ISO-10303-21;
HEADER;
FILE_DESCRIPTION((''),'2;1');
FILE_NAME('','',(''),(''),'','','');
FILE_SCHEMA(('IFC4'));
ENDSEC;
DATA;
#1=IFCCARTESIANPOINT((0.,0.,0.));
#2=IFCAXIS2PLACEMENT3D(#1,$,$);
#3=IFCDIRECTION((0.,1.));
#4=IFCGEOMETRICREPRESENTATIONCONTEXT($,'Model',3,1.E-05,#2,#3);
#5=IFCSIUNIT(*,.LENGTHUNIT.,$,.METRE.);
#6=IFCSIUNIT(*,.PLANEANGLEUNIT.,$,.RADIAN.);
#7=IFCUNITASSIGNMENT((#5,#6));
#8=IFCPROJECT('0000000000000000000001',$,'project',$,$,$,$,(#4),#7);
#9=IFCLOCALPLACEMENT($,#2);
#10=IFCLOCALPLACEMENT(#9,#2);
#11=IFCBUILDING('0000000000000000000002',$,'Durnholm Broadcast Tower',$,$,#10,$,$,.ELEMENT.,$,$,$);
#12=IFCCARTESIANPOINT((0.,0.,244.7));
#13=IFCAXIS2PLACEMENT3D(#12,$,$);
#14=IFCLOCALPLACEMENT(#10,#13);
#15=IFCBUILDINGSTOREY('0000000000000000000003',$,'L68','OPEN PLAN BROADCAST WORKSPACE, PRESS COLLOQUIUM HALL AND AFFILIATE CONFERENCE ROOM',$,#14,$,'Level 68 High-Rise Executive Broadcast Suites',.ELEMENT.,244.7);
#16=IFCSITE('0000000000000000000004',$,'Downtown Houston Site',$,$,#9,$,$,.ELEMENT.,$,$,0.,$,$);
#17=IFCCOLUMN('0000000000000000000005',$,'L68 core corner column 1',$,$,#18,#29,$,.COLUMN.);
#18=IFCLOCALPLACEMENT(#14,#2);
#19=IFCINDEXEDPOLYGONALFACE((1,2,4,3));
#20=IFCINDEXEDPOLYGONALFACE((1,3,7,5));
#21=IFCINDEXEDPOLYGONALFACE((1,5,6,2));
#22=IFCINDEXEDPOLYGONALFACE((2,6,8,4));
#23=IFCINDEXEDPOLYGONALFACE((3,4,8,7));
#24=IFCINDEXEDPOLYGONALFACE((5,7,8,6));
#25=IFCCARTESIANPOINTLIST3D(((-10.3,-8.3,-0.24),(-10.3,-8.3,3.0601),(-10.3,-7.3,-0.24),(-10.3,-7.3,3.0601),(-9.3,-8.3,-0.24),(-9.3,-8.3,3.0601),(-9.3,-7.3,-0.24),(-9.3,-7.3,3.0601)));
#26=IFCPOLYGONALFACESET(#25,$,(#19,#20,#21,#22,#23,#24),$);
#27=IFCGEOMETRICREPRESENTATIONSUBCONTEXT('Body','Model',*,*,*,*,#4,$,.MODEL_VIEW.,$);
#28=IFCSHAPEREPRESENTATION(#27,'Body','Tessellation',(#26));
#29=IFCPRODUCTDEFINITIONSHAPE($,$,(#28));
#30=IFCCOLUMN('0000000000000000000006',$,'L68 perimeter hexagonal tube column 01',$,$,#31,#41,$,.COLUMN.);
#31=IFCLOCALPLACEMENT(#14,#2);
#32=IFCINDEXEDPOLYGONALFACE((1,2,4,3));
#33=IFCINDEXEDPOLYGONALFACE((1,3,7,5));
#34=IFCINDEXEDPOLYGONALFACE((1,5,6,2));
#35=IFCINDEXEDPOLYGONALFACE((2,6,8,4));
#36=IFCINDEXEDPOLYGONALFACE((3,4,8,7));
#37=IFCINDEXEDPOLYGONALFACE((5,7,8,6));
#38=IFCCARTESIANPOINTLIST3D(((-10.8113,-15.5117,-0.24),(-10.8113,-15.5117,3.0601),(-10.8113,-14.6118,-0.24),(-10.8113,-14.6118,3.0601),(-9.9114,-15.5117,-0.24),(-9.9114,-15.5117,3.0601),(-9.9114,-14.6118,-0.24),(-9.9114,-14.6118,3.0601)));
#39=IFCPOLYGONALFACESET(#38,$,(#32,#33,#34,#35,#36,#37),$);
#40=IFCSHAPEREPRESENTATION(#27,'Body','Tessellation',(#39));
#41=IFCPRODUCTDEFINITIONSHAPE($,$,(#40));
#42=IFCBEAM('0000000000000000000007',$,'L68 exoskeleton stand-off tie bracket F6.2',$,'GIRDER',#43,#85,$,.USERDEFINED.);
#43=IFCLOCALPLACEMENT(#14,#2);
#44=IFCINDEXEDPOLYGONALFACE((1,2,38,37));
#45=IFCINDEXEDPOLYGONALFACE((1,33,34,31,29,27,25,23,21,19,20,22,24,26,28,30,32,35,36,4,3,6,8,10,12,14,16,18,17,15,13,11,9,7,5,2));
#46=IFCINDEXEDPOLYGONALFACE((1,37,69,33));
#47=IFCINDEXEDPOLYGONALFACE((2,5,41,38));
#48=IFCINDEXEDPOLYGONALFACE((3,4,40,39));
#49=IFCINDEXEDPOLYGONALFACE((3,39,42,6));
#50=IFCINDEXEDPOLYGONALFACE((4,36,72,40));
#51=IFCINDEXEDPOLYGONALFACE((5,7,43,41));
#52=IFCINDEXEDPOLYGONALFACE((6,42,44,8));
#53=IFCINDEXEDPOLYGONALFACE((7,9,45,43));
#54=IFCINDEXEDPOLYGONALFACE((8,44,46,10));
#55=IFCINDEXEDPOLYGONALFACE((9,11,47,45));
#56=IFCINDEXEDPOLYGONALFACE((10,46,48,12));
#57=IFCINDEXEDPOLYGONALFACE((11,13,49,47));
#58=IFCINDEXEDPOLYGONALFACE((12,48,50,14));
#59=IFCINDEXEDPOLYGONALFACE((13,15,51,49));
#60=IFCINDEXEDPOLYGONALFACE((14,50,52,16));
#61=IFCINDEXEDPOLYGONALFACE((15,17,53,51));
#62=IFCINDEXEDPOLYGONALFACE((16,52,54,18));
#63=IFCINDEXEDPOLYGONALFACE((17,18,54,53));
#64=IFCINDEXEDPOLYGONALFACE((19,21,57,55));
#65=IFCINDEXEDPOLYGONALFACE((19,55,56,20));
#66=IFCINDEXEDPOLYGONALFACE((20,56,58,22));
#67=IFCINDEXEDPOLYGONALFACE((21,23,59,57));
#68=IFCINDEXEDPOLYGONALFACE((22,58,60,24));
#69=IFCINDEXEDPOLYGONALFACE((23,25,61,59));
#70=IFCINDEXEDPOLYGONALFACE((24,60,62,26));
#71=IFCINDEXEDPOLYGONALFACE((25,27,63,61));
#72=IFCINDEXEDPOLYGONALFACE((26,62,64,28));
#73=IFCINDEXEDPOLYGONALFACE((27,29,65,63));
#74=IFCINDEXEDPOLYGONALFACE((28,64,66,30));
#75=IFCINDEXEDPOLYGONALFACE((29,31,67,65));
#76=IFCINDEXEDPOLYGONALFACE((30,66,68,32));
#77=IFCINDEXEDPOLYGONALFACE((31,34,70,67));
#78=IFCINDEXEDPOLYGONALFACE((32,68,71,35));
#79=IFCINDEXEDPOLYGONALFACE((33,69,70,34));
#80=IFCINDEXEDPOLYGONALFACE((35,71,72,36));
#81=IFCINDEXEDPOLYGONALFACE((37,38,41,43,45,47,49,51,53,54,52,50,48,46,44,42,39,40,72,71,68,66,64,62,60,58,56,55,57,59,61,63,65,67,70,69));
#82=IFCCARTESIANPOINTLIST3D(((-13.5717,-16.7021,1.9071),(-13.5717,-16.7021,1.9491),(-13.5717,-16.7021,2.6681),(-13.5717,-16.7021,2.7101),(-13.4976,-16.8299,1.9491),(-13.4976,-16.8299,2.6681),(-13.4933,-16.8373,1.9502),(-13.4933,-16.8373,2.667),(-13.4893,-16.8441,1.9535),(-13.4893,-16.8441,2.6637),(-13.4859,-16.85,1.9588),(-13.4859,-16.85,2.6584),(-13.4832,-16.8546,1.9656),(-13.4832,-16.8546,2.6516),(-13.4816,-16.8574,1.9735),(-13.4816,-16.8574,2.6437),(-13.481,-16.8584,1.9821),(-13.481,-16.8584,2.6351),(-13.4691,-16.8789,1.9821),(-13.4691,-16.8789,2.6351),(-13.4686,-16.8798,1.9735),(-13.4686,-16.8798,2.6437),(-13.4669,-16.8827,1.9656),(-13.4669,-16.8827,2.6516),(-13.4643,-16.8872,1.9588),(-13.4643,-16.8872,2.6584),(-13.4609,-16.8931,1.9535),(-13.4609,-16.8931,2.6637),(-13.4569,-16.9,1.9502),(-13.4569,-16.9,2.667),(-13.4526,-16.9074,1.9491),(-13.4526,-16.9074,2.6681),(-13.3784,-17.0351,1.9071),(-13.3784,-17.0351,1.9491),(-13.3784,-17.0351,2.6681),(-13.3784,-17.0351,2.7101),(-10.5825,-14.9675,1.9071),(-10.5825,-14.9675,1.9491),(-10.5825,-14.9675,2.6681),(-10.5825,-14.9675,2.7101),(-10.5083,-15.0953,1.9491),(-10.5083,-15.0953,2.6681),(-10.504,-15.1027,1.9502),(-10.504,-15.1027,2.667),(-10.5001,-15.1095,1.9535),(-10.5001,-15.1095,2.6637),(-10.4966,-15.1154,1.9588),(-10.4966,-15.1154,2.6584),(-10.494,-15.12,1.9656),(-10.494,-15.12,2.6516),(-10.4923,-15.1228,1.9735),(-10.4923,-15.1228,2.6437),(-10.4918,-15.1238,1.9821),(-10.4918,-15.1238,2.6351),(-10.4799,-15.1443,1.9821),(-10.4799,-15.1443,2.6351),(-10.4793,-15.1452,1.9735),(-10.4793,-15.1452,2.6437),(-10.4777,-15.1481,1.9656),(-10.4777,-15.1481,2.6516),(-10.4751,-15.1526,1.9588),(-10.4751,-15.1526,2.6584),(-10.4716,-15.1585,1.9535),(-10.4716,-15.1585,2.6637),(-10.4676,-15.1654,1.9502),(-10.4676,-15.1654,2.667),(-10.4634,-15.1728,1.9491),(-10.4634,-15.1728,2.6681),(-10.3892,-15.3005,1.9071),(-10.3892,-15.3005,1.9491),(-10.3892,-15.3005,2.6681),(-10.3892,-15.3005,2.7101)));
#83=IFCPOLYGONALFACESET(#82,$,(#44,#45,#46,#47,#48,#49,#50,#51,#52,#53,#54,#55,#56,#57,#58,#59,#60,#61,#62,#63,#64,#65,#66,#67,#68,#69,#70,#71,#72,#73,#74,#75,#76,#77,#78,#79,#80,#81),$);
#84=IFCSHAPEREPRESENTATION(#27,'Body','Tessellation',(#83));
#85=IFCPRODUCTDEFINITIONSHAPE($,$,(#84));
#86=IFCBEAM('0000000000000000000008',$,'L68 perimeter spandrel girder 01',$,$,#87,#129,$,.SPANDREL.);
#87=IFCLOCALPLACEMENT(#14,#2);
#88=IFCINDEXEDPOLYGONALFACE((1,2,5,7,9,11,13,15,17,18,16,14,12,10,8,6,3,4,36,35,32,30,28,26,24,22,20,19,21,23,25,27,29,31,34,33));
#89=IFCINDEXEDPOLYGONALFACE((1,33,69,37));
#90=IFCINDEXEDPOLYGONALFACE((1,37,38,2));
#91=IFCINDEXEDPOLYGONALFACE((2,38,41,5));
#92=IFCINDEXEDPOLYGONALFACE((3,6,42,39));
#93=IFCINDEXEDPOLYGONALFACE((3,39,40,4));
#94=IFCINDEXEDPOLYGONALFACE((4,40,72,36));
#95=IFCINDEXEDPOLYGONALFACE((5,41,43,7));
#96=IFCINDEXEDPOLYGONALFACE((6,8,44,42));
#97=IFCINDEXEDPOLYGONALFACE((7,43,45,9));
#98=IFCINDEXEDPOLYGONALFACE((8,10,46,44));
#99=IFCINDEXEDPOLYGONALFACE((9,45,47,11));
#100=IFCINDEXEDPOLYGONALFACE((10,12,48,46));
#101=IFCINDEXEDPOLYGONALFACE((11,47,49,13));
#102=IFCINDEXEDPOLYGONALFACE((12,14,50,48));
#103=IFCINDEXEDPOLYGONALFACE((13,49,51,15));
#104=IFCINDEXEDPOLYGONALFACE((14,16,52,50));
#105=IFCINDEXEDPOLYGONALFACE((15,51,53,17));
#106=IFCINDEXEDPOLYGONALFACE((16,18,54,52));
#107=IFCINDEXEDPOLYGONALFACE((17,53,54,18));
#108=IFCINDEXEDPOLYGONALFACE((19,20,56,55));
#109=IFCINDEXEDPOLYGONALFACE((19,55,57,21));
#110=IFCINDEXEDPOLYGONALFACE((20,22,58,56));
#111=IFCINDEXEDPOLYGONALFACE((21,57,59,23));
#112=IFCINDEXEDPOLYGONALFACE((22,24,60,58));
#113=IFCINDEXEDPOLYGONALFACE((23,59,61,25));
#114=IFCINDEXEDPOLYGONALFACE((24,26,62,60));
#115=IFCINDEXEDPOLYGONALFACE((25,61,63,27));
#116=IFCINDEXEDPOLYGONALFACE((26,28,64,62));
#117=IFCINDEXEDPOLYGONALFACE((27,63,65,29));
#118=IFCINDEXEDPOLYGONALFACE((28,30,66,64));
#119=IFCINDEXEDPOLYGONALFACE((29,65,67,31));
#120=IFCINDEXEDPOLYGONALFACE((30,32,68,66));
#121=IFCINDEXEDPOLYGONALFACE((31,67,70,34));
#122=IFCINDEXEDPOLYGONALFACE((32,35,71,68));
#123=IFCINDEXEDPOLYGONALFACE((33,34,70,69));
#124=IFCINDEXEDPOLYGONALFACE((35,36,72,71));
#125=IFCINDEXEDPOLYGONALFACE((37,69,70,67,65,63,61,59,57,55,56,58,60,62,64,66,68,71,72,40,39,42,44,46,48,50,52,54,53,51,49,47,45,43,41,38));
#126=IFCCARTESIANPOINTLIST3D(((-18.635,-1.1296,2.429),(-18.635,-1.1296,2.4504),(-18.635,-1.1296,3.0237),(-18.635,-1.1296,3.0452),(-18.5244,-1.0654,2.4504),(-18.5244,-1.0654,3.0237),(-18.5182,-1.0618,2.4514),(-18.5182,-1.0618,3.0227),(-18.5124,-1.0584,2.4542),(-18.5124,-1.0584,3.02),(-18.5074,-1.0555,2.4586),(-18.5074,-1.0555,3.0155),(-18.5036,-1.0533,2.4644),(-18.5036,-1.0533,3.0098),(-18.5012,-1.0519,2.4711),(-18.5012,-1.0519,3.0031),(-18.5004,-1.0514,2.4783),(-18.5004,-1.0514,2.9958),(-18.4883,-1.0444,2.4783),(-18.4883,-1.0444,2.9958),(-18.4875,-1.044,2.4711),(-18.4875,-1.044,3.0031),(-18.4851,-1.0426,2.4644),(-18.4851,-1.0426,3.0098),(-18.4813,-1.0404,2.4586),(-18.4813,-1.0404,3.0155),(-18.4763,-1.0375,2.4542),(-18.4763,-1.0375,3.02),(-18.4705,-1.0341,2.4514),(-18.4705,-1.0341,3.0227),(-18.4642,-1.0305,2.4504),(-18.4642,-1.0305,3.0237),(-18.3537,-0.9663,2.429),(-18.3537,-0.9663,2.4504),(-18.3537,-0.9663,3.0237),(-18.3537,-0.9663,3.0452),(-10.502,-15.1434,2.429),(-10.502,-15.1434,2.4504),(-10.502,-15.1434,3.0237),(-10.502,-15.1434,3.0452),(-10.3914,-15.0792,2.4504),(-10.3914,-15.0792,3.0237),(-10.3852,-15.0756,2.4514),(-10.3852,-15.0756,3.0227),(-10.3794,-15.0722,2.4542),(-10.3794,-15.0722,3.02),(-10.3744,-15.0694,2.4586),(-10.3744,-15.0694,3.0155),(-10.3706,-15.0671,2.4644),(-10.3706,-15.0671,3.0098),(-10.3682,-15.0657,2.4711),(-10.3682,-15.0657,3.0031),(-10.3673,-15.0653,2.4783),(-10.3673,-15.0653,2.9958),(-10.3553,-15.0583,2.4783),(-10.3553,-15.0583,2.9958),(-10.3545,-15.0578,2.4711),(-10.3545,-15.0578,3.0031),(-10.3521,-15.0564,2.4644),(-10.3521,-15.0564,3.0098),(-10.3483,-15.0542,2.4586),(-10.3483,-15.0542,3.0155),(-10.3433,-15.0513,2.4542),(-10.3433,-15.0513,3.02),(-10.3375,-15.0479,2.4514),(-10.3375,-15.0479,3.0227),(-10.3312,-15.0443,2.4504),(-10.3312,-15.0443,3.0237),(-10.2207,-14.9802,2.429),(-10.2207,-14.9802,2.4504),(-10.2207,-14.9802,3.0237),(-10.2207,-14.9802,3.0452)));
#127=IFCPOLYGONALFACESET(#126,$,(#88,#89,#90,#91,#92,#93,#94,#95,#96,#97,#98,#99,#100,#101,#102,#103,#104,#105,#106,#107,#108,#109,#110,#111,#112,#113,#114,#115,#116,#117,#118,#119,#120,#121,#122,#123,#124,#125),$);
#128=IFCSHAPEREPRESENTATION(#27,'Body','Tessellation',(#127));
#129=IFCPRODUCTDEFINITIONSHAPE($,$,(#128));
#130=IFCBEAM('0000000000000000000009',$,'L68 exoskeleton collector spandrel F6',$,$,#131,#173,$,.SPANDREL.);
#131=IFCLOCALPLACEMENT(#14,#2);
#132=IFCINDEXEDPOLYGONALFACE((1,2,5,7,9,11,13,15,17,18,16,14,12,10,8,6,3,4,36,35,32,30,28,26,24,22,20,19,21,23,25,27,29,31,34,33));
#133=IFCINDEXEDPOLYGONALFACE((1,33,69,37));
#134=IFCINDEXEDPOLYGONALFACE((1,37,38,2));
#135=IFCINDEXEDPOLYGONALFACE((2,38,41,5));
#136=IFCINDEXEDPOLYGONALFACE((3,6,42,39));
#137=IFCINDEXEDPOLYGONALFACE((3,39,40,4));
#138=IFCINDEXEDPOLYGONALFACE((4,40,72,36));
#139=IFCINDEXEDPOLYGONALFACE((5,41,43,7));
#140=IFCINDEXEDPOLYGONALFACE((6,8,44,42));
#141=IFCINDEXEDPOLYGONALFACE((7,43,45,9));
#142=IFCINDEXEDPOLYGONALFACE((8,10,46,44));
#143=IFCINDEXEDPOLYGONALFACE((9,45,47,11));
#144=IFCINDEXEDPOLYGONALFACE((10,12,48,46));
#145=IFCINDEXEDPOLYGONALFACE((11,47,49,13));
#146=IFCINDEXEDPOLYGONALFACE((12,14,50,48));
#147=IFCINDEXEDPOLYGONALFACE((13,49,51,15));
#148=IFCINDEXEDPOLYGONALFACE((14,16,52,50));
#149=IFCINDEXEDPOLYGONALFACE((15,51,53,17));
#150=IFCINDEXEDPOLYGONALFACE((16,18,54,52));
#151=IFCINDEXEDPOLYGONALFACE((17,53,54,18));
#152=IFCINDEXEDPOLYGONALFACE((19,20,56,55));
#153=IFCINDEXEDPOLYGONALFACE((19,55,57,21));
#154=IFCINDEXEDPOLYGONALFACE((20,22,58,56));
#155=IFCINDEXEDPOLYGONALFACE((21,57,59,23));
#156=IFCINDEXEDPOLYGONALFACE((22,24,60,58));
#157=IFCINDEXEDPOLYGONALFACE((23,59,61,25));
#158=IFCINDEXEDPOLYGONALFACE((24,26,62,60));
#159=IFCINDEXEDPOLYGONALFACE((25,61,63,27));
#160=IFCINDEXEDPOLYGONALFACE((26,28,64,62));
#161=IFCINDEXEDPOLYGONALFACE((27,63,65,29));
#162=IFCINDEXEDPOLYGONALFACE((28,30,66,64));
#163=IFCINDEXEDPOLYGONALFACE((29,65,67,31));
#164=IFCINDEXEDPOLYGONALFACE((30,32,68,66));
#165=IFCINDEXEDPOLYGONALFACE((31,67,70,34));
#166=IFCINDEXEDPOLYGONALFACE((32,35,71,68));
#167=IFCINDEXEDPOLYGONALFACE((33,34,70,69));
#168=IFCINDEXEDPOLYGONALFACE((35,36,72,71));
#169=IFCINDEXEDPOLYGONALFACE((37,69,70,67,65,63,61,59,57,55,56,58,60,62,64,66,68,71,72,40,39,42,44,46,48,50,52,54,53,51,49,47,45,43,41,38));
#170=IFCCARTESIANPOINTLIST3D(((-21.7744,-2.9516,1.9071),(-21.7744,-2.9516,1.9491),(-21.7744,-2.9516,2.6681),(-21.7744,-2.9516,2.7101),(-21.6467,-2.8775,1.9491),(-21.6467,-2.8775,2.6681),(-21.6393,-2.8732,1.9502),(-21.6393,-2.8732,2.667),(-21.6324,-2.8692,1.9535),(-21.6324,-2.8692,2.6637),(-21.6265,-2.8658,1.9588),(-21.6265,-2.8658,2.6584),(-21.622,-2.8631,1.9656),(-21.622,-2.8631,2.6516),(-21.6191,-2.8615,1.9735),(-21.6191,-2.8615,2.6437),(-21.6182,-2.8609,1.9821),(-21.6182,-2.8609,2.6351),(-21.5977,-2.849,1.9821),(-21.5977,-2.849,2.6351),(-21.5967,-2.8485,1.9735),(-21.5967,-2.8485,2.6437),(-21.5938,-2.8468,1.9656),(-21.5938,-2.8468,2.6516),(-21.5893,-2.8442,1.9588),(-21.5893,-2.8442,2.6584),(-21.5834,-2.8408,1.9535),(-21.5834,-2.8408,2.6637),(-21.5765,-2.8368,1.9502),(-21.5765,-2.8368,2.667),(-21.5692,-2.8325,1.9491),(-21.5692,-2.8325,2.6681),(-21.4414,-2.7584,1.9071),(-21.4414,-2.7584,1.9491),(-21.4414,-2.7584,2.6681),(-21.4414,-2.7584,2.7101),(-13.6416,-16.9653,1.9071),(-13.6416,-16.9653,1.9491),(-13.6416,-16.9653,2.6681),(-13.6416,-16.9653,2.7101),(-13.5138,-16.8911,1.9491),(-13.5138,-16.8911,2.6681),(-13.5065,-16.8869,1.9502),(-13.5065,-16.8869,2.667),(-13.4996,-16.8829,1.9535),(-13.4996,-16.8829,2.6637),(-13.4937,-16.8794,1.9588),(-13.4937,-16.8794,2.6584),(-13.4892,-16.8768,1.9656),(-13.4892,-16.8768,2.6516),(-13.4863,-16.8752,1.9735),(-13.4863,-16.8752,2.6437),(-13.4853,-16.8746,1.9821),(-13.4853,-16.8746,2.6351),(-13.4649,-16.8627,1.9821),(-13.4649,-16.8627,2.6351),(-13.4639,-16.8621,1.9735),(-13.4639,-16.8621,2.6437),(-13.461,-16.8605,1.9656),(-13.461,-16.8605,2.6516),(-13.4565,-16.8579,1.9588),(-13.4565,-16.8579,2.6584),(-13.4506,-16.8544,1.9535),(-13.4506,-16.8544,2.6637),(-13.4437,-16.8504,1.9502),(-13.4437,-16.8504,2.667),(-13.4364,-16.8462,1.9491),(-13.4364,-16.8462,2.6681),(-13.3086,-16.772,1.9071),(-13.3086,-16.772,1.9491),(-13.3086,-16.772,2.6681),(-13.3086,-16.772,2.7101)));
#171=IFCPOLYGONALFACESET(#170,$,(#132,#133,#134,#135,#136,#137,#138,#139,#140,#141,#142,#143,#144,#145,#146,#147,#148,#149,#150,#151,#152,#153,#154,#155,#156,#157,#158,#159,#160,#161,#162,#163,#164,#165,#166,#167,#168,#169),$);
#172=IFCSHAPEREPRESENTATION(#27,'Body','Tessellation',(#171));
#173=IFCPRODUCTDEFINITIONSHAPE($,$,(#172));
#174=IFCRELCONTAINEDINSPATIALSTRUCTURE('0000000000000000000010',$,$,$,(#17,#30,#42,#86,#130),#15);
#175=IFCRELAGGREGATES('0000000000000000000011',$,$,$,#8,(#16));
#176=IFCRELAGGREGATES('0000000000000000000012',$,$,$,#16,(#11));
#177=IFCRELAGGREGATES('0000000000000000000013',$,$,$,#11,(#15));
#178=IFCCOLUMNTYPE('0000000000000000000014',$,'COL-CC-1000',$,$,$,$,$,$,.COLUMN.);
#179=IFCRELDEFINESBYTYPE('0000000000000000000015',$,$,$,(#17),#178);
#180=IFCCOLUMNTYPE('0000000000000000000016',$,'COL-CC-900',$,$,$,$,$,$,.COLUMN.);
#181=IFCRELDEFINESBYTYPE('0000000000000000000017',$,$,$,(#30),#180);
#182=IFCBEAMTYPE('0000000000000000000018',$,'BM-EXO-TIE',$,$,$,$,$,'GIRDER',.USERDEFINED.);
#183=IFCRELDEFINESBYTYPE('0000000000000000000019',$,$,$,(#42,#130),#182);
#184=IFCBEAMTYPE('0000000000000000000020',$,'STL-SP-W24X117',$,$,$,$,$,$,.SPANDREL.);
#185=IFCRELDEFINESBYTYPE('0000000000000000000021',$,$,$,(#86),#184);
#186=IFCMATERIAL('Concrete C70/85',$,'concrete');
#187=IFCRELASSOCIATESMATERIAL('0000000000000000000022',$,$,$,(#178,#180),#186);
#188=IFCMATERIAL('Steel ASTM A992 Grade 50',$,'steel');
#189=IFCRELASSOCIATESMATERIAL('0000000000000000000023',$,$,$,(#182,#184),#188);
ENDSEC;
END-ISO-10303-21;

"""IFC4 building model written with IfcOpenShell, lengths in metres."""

from ifc_helpers import new_model, si_unit, direction, frame, origin, origin_2d, place, context, subcontext, project, spatial, rectangle, i_section, extrude, source, transform, mapped, material, material_profile, profile_set, type_object, type_shapes, element, save


model = new_model("IFC4")

# Units and contexts
model_context = context("Model", 3, precision=1e-05, world=origin(), true_north=direction((0.0, 1.0)))
body_context = subcontext(model_context, "Body", "Model", "MODEL_VIEW")
ifc_project = project(units=[si_unit("LENGTHUNIT", "METRE"), si_unit("PLANEANGLEUNIT", "RADIAN")], contexts=[model_context])

# Site, building, storey
site_placement = place(None, origin())
site = spatial("IfcSite", under=ifc_project, at=site_placement, Name="Downtown Houston Site", CompositionType="ELEMENT", RefElevation=0.0)
building_placement = place(site_placement, origin())
building = spatial("IfcBuilding", under=site, at=building_placement, Name="Durnholm Broadcast Tower", CompositionType="ELEMENT")
storey_placement = place(building_placement, frame((0.0, 0.0, 244.7)))
storey = spatial("IfcBuildingStorey", under=building, at=storey_placement, Name="L68", Description="OPEN PLAN BROADCAST WORKSPACE, PRESS COLLOQUIUM HALL AND AFFILIATE CONFERENCE ROOM", LongName="Level 68 High-Rise Executive Broadcast Suites", CompositionType="ELEMENT", Elevation=244.7)

# Columns
ifc_material_1 = material(Name="Concrete C70/85", Category="concrete")
ifc_material_profile_1 = material_profile(ifc_material_1, rectangle(XDim=1.0, YDim=1.0, at=origin_2d()), Name="RC1000X1000")
ifc_profile_set_1 = profile_set([ifc_material_profile_1], Name="Concrete C70/85")
column_type_1 = type_object("IfcColumnType", Name="COL-CC-1000", PredefinedType="COLUMN", material=ifc_profile_set_1)
shared_shape_1 = source(origin(), body_context, "Body", "SweptSolid", [
    extrude(rectangle(XDim=1.0, YDim=1.0, at=origin_2d()), origin(), (0.0, 0.0, 1.0), 3.3),
])
type_shapes(column_type_1, [shared_shape_1])
column_1_placement = place(storey_placement, frame((-9.8, -7.8, -0.24), z_axis=(0.0, 0.0, 1.0), x_axis=(1.0, 0.0, 0.0)))
element("IfcColumn", 1, at=column_1_placement, inside=storey, type_object=column_type_1, Name="L68 core corner column 1", PredefinedType="COLUMN", context=body_context, shape_type="MappedRepresentation", body=[
    mapped(shared_shape_1, transform((0.0, 0.0, 0.0), x_axis=(1.0, 0.0, 0.0), y_axis=(0.0, 1.0, 0.0), z_axis=(0.0, 0.0, 1.0), scale=1.0)),
])
ifc_material_profile_2 = material_profile(ifc_material_1, rectangle(XDim=0.8999, YDim=0.8999, at=origin_2d()), Name="RC900X900")
ifc_profile_set_2 = profile_set([ifc_material_profile_2], Name="Concrete C70/85")
column_type_2 = type_object("IfcColumnType", Name="COL-CC-900", PredefinedType="COLUMN", material=ifc_profile_set_2)
shared_shape_2 = source(origin(), body_context, "Body", "SweptSolid", [
    extrude(rectangle(XDim=0.8999, YDim=0.8999, at=origin_2d()), origin(), (0.0, 0.0, 1.0), 3.3),
])
type_shapes(column_type_2, [shared_shape_2])
column_2_placement = place(storey_placement, frame((-10.3613, -15.0618, -0.24), z_axis=(0.0, 0.0, 1.0), x_axis=(1.0, 0.0, 0.0)))
element("IfcColumn", 2, at=column_2_placement, inside=storey, type_object=column_type_2, Name="L68 perimeter hexagonal tube column 01", PredefinedType="COLUMN", context=body_context, shape_type="MappedRepresentation", body=[
    mapped(shared_shape_2, transform((0.0, 0.0, 0.0), x_axis=(1.0, 0.0, 0.0), y_axis=(0.0, 1.0, 0.0), z_axis=(0.0, 0.0, 1.0), scale=1.0)),
])

# Beams
ifc_material_2 = material(Name="Steel ASTM A992 Grade 50", Category="steel")
ifc_material_profile_3 = material_profile(ifc_material_2, i_section(OverallWidth=0.385, OverallDepth=0.803, WebThickness=0.0237, FlangeThickness=0.042, FilletRadius=0.033, at=origin_2d()), Name="W30X261")
ifc_profile_set_3 = profile_set([ifc_material_profile_3], Name="Steel ASTM A992 Grade 50")
beam_type_1 = type_object("IfcBeamType", Name="BM-EXO-TIE", ElementType="GIRDER", PredefinedType="USERDEFINED", material=ifc_profile_set_3)
shared_shape_3 = source(origin(), body_context, "Body", "SweptSolid", [
    extrude(i_section(OverallWidth=0.385, OverallDepth=0.803, WebThickness=0.0237, FlangeThickness=0.042, FilletRadius=0.033, at=origin_2d()), origin(), (0.0, 0.0, 1.0), 3.4561),
])
beam_1_placement = place(storey_placement, frame((-10.4858, -15.134, 2.3086), z_axis=(-0.864924, -0.501902, 0.0), x_axis=(0.501902, -0.864924, 0.0)))
element("IfcBeam", 3, at=beam_1_placement, inside=storey, type_object=beam_type_1, Name="L68 exoskeleton stand-off tie bracket F6.2", ObjectType="GIRDER", PredefinedType="USERDEFINED", context=body_context, shape_type="MappedRepresentation", body=[
    mapped(shared_shape_3, transform((0.0, 0.0, 0.0), x_axis=(1.0, 0.0, 0.0), y_axis=(0.0, 1.0, 0.0), z_axis=(0.0, 0.0, 1.0), scale=1.0)),
])
ifc_material_profile_4 = material_profile(ifc_material_2, i_section(OverallWidth=0.3252, OverallDepth=0.6162, WebThickness=0.0139, FlangeThickness=0.0215, FilletRadius=0.0278, at=origin_2d()), Name="W24X117")
ifc_profile_set_4 = profile_set([ifc_material_profile_4], Name="Steel ASTM A992 Grade 50")
beam_type_2 = type_object("IfcBeamType", Name="STL-SP-W24X117", PredefinedType="SPANDREL", material=ifc_profile_set_4)
shared_shape_4 = source(origin(), body_context, "Body", "SweptSolid", [
    extrude(i_section(OverallWidth=0.3252, OverallDepth=0.6162, WebThickness=0.0139, FlangeThickness=0.0215, FilletRadius=0.0278, at=origin_2d()), origin(), (0.0, 0.0, 1.0), 16.2029),
])
type_shapes(beam_type_2, [shared_shape_4])
beam_2_placement = place(storey_placement, frame((-10.3613, -15.0618, 2.7371), z_axis=(-0.501948, 0.864898, 0.0), x_axis=(-0.864898, -0.501948, 0.0)))
element("IfcBeam", 4, at=beam_2_placement, inside=storey, type_object=beam_type_2, Name="L68 perimeter spandrel girder 01", PredefinedType="SPANDREL", context=body_context, shape_type="MappedRepresentation", body=[
    mapped(shared_shape_4, transform((0.0, 0.0, 0.0), x_axis=(1.0, 0.0, 0.0), y_axis=(0.0, 1.0, 0.0), z_axis=(0.0, 0.0, 1.0), scale=1.0)),
])
shared_shape_5 = source(origin(), body_context, "Body", "SweptSolid", [
    extrude(i_section(OverallWidth=0.385, OverallDepth=0.803, WebThickness=0.0237, FlangeThickness=0.042, FilletRadius=0.033, at=origin_2d()), origin(), (0.0, 0.0, 1.0), 16.2026),
])
type_shapes(beam_type_1, [shared_shape_3, shared_shape_5])
beam_3_placement = place(storey_placement, frame((-21.6079, -2.855, 2.3086), z_axis=(0.501944, -0.8649, 0.0), x_axis=(0.8649, 0.501944, 0.0)))
element("IfcBeam", 5, at=beam_3_placement, inside=storey, type_object=beam_type_1, Name="L68 exoskeleton collector spandrel F6", PredefinedType="SPANDREL", context=body_context, shape_type="MappedRepresentation", body=[
    mapped(shared_shape_5, transform((0.0, 0.0, 0.0), x_axis=(1.0, 0.0, 0.0), y_axis=(0.0, 1.0, 0.0), z_axis=(0.0, 0.0, 1.0), scale=1.0)),
])

save(model, "model.ifc")
